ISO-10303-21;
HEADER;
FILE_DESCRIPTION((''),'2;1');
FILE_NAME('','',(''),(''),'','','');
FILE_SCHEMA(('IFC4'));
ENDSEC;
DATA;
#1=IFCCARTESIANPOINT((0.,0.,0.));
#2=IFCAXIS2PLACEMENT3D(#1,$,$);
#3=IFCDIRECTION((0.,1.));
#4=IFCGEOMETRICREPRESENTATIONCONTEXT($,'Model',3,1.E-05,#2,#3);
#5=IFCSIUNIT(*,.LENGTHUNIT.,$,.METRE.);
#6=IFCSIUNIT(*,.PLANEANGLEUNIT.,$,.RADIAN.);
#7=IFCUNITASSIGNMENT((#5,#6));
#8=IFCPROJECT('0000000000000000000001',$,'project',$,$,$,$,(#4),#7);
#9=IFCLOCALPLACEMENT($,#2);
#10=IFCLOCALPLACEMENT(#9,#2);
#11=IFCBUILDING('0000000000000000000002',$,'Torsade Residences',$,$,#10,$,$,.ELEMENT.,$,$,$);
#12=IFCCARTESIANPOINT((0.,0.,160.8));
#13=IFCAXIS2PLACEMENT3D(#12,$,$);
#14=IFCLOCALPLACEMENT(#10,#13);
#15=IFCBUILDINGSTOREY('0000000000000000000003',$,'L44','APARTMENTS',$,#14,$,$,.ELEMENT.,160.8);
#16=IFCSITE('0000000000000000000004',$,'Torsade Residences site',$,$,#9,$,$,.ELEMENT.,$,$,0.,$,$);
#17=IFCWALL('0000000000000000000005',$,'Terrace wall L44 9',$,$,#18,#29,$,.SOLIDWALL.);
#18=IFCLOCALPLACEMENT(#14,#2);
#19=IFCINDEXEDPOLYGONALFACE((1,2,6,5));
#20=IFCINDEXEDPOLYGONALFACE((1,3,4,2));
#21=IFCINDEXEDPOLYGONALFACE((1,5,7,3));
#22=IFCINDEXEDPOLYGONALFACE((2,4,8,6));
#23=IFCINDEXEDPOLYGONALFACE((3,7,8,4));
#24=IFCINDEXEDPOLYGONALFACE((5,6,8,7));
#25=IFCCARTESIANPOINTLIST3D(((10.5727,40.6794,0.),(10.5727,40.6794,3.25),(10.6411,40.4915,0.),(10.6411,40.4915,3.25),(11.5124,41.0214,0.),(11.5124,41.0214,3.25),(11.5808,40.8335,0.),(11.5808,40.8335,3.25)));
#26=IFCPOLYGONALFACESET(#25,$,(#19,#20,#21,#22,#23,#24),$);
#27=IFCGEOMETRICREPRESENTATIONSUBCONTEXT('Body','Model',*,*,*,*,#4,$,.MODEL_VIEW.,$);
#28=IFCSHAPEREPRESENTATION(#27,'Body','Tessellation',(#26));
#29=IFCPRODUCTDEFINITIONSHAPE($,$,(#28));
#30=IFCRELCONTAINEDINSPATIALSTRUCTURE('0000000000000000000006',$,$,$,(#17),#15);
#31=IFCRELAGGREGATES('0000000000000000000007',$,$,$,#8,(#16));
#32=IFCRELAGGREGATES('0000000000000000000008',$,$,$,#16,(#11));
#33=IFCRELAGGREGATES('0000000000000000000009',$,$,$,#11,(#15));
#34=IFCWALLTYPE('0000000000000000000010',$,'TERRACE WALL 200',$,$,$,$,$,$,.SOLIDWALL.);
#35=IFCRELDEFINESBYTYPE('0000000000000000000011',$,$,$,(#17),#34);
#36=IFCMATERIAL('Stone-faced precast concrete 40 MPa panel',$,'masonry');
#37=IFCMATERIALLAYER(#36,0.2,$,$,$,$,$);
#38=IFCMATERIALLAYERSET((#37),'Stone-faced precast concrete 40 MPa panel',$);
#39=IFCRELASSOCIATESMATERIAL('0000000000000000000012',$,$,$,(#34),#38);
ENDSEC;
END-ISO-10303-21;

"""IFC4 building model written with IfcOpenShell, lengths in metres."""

from ifc_helpers import new_model, si_unit, direction, frame, frame_2d, origin, place, context, subcontext, project, spatial, rectangle, extrude, material, layer, layer_set, type_object, element, save


model = new_model("IFC4")

# Units and contexts
model_context = context("Model", 3, precision=1e-05, world=origin(), true_north=direction((0.0, 1.0)))
body_context = subcontext(model_context, "Body", "Model", "MODEL_VIEW")
ifc_project = project(units=[si_unit("LENGTHUNIT", "METRE"), si_unit("PLANEANGLEUNIT", "RADIAN")], contexts=[model_context])

# Site, building, storey
site_placement = place(None, origin())
site = spatial("IfcSite", under=ifc_project, at=site_placement, Name="Torsade Residences site", CompositionType="ELEMENT", RefElevation=0.0)
building_placement = place(site_placement, origin())
building = spatial("IfcBuilding", under=site, at=building_placement, Name="Torsade Residences", CompositionType="ELEMENT")
storey_placement = place(building_placement, frame((0.0, 0.0, 160.8)))
storey = spatial("IfcBuildingStorey", under=building, at=storey_placement, Name="L44", Description="APARTMENTS", CompositionType="ELEMENT", Elevation=160.8)

# Wall
ifc_material_1 = material(Name="Stone-faced precast concrete 40 MPa panel", Category="masonry")
ifc_layer_1 = layer(ifc_material_1, 0.2)
ifc_layer_set_1 = layer_set([ifc_layer_1], Name="Stone-faced precast concrete 40 MPa panel")
wall_type_1 = type_object("IfcWallType", Name="TERRACE WALL 200", PredefinedType="SOLIDWALL", material=ifc_layer_set_1)
wall_1_placement = place(storey_placement, frame((11.5466, 40.9275, 0.0), z_axis=(0.0, 0.0, 1.0), x_axis=(-0.939686, -0.342037, 0.0)))
element("IfcWall", 1, at=wall_1_placement, inside=storey, type_object=wall_type_1, Name="Terrace wall L44 9", PredefinedType="SOLIDWALL", context=body_context, shape_type="SweptSolid", body=[
    extrude(rectangle(XDim=1.0, YDim=0.2, at=frame_2d((0.5, 0.0))), origin(), (0.0, 0.0, 1.0), 3.25),
])

save(model, "model.ifc")
